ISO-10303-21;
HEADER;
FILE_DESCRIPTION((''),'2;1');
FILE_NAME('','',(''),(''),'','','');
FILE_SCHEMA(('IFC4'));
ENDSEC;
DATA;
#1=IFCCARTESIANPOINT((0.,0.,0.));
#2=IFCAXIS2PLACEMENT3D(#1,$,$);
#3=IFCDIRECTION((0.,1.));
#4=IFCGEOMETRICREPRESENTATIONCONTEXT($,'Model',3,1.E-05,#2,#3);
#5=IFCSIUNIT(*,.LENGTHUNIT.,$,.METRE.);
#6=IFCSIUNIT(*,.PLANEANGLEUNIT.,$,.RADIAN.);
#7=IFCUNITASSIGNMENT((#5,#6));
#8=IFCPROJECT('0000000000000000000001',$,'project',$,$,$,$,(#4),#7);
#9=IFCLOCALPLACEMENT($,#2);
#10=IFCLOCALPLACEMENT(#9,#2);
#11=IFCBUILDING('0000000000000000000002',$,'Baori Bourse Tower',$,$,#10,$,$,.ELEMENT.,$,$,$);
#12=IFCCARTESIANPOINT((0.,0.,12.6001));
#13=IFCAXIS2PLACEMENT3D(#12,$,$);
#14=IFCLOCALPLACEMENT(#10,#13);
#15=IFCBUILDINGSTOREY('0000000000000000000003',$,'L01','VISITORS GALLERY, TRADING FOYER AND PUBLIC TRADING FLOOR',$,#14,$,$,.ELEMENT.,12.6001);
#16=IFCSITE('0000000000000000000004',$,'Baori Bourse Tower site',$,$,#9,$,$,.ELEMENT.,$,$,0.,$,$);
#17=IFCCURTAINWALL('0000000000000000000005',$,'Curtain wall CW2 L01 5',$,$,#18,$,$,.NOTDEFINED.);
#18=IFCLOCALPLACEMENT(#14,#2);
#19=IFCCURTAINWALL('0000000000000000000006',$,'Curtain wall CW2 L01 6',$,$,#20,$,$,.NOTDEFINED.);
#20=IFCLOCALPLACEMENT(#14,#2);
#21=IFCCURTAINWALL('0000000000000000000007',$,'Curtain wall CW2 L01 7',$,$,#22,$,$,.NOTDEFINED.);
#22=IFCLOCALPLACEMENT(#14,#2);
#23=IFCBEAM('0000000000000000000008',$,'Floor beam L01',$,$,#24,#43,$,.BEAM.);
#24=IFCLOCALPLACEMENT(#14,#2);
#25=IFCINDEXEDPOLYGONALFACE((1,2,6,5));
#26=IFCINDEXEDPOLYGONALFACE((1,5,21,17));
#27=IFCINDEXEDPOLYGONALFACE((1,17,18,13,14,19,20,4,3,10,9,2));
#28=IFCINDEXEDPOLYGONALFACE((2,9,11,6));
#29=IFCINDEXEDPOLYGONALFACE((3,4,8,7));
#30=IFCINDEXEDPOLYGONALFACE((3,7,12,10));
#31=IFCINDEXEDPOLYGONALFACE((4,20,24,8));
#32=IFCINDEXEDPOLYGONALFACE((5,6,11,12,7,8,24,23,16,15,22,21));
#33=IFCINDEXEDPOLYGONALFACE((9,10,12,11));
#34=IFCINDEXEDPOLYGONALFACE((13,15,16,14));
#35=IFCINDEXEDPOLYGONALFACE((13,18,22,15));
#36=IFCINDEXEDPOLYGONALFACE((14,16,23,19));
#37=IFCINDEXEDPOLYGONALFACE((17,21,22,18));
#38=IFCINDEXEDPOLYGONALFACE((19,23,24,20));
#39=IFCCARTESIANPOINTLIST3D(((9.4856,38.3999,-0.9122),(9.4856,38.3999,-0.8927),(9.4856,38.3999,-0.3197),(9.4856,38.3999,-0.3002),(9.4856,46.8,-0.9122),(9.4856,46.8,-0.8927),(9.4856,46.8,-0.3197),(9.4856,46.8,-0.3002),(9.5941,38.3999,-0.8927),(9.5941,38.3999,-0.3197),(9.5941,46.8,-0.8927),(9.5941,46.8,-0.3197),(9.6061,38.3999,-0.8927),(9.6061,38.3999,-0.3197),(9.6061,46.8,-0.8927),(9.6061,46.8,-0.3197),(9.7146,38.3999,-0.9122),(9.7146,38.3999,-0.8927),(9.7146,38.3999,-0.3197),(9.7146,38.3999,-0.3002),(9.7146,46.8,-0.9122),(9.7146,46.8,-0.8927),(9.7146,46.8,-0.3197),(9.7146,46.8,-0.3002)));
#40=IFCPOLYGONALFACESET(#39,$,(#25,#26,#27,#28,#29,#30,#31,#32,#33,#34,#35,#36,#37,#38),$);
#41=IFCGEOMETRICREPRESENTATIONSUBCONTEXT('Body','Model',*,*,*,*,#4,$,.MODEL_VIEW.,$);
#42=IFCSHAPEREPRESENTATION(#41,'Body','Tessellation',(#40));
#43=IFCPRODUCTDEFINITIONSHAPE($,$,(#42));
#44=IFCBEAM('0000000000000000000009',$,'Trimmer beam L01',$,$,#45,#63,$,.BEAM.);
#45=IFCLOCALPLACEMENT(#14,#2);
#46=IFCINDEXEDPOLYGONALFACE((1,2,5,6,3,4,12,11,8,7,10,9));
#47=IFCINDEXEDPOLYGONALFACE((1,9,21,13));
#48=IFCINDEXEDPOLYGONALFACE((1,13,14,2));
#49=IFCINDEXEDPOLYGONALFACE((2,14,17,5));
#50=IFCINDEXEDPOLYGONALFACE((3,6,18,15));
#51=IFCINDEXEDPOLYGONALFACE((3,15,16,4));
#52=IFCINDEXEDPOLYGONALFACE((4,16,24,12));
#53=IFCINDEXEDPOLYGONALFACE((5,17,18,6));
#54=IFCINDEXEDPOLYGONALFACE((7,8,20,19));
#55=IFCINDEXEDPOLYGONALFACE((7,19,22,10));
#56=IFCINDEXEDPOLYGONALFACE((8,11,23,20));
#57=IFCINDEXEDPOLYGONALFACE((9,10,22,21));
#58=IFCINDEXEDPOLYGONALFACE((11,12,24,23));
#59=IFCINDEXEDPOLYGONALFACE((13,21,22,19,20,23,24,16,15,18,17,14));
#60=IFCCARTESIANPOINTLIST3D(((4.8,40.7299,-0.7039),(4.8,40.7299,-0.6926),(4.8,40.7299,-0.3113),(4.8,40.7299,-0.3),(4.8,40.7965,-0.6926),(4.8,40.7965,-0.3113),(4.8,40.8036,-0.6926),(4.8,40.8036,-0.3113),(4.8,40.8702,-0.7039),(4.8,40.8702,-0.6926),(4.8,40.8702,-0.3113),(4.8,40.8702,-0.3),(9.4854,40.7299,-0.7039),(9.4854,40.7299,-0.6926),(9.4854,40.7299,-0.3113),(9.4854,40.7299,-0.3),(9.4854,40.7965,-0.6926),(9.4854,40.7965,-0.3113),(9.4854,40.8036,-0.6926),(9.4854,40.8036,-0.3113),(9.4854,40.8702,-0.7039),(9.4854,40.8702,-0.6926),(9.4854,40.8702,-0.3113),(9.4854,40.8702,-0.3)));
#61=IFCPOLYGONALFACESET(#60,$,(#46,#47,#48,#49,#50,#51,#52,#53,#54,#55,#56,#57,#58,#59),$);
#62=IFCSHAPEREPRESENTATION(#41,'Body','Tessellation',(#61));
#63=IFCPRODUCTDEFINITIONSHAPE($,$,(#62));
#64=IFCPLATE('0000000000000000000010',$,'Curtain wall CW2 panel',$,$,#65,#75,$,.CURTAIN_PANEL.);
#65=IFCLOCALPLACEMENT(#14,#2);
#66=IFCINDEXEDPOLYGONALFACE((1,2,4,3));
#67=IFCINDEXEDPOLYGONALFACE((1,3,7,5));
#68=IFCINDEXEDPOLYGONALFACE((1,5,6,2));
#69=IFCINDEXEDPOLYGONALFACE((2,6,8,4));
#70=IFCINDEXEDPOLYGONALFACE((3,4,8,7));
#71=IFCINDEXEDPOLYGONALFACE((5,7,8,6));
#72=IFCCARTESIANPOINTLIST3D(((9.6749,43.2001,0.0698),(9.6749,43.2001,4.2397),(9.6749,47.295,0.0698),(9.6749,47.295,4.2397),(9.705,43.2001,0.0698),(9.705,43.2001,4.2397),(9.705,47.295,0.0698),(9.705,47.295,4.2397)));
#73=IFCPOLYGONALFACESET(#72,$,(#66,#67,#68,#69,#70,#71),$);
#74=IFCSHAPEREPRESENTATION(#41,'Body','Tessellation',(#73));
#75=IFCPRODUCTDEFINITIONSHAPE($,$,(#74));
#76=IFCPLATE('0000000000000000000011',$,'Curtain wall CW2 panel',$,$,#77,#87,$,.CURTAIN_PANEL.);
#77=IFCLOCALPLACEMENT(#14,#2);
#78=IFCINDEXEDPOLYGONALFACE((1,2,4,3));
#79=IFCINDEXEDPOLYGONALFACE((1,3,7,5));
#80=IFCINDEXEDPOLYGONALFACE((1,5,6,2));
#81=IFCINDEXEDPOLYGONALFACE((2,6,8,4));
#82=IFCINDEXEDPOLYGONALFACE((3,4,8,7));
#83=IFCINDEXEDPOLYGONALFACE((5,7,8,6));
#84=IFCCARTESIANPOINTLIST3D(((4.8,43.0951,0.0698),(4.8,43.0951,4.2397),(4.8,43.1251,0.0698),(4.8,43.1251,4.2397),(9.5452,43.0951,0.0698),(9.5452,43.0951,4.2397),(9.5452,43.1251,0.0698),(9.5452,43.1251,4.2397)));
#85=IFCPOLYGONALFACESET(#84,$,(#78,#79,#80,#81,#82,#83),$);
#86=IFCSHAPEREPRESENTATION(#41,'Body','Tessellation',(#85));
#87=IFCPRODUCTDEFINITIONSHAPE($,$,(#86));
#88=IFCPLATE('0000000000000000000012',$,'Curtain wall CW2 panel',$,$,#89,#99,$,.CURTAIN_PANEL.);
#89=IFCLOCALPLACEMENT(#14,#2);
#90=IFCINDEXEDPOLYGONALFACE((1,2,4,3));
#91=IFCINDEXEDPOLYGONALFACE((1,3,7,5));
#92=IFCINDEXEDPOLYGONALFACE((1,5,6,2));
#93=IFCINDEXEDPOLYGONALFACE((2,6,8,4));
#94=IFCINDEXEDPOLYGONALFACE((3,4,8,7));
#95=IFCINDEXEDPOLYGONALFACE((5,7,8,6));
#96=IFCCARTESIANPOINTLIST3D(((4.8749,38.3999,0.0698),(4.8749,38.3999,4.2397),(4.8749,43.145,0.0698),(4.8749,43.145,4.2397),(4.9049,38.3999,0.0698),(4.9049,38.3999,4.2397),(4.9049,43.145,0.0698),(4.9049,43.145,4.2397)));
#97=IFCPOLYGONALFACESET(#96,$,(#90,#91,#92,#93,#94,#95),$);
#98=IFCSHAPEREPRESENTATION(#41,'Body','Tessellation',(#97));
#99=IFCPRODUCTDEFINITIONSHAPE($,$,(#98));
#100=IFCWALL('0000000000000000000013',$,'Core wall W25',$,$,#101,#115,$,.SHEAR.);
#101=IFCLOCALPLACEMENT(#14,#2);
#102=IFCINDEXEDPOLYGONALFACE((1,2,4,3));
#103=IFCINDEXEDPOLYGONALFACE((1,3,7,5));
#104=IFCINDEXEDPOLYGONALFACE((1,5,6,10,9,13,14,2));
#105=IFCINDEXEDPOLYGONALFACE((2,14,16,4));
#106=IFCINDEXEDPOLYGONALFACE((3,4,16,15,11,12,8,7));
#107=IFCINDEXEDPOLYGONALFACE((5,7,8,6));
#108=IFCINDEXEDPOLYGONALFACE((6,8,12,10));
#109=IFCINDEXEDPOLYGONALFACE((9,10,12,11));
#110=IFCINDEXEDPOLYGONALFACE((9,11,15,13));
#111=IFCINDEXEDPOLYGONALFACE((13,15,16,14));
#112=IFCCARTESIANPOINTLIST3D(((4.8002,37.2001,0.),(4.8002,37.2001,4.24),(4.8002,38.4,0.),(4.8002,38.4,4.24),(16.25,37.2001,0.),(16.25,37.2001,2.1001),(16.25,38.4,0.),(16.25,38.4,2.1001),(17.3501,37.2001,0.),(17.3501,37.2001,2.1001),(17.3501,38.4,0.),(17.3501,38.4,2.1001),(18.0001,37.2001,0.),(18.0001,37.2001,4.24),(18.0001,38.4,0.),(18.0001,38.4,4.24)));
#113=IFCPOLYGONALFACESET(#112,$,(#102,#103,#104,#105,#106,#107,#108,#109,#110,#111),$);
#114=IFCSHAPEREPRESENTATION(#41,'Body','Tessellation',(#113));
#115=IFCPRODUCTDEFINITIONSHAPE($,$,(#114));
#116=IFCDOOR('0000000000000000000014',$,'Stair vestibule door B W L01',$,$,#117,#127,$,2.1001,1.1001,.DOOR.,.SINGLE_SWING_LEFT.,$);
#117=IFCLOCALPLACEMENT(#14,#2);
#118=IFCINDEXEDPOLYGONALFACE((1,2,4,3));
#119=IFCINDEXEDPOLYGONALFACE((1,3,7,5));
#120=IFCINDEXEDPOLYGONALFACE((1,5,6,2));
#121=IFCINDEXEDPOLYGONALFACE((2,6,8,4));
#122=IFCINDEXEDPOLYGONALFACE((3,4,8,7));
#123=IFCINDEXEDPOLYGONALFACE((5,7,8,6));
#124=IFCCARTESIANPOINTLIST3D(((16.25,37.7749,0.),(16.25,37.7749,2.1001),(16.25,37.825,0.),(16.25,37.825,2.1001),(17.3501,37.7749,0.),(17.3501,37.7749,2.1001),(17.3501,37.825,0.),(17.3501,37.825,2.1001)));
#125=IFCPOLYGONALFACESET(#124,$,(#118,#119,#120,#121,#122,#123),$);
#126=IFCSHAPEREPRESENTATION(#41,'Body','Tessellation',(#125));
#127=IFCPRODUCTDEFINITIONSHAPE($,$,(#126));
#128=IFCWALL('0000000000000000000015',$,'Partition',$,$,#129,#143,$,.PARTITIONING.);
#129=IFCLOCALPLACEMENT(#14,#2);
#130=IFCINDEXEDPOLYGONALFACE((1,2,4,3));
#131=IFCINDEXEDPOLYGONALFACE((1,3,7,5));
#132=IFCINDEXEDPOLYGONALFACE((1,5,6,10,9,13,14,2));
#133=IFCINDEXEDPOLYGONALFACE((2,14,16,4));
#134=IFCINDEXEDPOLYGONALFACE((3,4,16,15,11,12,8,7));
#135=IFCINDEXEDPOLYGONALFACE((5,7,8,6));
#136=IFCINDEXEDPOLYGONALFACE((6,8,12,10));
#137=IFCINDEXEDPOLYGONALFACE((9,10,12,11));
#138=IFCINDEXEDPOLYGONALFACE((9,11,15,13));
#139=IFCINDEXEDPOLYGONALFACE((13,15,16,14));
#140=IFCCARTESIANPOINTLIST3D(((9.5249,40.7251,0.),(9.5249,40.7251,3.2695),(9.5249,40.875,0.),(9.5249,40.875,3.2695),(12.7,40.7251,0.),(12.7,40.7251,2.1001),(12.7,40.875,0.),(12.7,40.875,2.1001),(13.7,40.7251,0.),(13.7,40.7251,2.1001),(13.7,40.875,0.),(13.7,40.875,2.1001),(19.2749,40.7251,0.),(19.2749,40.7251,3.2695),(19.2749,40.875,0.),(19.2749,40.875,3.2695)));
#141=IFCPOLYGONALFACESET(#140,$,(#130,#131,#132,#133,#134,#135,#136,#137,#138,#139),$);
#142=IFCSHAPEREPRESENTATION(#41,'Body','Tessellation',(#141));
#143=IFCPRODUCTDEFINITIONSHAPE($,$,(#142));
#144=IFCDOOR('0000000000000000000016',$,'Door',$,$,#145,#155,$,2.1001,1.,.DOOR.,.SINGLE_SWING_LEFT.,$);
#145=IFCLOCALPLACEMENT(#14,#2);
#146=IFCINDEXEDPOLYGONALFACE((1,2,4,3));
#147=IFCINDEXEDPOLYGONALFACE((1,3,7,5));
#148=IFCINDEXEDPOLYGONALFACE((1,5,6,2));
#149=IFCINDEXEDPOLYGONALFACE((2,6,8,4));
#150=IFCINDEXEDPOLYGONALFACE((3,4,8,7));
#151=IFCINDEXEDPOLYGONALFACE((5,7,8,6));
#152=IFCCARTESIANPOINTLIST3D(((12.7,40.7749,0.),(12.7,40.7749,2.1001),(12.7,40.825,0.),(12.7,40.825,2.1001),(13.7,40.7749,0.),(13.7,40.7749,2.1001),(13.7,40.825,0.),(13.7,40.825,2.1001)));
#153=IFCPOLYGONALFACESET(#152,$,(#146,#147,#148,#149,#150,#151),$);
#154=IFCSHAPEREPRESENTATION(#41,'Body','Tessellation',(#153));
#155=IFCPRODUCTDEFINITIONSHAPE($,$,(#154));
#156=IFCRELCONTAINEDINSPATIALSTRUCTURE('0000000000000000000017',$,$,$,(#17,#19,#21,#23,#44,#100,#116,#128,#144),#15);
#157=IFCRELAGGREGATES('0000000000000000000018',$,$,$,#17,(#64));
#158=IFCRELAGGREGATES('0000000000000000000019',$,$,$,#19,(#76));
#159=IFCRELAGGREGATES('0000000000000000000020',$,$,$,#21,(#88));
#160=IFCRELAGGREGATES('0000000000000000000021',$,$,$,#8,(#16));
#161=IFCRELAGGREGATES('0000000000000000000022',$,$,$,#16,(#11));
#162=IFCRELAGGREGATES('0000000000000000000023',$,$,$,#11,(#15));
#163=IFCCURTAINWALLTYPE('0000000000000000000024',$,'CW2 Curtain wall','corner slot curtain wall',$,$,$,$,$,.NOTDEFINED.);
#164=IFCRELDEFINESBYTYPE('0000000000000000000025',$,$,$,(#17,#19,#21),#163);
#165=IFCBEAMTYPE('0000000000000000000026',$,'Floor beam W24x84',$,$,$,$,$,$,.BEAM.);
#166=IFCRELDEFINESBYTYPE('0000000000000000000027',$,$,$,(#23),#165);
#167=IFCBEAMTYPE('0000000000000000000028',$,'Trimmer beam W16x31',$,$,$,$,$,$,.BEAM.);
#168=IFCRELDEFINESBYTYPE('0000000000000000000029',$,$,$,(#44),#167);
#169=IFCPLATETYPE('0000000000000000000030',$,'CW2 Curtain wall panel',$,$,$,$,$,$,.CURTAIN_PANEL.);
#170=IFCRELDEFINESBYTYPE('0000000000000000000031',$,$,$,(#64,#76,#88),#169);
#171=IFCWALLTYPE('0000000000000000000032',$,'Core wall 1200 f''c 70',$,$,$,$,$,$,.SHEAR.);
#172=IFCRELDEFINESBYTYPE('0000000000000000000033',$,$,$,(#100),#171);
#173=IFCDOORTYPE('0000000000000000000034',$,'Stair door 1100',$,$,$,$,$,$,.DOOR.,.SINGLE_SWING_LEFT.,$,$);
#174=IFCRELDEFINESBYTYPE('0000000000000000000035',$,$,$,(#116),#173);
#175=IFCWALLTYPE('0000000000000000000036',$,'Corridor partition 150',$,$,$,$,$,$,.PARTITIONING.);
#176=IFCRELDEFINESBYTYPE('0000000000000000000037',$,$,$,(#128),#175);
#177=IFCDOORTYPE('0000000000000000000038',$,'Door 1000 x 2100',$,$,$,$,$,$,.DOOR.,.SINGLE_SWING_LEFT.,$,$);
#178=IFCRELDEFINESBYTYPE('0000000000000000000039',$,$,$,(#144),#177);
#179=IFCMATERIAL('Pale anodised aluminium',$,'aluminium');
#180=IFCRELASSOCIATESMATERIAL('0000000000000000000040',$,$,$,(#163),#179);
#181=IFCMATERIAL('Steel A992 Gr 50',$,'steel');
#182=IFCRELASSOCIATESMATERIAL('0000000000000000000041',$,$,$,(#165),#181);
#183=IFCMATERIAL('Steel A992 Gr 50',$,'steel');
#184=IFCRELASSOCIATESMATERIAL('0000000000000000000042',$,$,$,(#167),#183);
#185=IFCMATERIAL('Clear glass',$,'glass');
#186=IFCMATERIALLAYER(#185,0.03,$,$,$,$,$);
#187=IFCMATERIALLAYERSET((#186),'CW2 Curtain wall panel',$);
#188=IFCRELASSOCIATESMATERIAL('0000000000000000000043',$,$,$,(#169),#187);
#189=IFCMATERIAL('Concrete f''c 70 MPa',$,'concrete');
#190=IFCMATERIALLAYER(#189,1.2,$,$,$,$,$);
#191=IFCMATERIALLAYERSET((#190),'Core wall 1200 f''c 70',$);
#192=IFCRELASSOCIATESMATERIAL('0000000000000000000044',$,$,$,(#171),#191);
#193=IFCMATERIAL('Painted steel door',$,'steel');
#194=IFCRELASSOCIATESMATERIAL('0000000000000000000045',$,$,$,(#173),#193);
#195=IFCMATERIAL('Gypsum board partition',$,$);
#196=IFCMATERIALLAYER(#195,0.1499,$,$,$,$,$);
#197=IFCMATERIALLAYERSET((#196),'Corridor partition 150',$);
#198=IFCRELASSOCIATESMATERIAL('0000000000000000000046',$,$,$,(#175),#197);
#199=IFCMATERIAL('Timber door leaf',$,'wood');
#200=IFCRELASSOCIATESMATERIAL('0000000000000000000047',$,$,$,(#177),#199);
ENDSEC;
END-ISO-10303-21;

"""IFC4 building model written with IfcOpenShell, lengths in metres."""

from ifc_helpers import new_model, si_unit, direction, frame, frame_2d, origin, origin_2d, place, context, subcontext, project, spatial, rectangle, i_section, extrude, material, layer, layer_set, material_profile, profile_set, type_object, element, fill, aggregate, save


model = new_model("IFC4")

# Units and contexts
model_context = context("Model", 3, precision=1e-05, world=origin(), true_north=direction((0.0, 1.0)))
body_context = subcontext(model_context, "Body", "Model", "MODEL_VIEW")
ifc_project = project(units=[si_unit("LENGTHUNIT", "METRE"), si_unit("PLANEANGLEUNIT", "RADIAN")], contexts=[model_context])

# Site, building, storey
site_placement = place(None, origin())
site = spatial("IfcSite", under=ifc_project, at=site_placement, Name="Baori Bourse Tower site", CompositionType="ELEMENT", RefElevation=0.0)
building_placement = place(site_placement, origin())
building = spatial("IfcBuilding", under=site, at=building_placement, Name="Baori Bourse Tower", CompositionType="ELEMENT")
storey_placement = place(building_placement, frame((0.0, 0.0, 12.6001)))
storey = spatial("IfcBuildingStorey", under=building, at=storey_placement, Name="L01", Description="VISITORS GALLERY, TRADING FOYER AND PUBLIC TRADING FLOOR", CompositionType="ELEMENT", Elevation=12.6001)

# Curtain walls
ifc_material_1 = material(Name="Pale anodised aluminium", Category="aluminium")
curtain_wall_type = type_object("IfcCurtainWallType", Name="CW2 Curtain wall", Description="corner slot curtain wall", PredefinedType="NOTDEFINED", material=ifc_material_1)
curtain_wall_1_placement = place(storey_placement, origin())
curtain_wall_1 = element("IfcCurtainWall", 1, at=curtain_wall_1_placement, inside=storey, type_object=curtain_wall_type, Name="Curtain wall CW2 L01 5", PredefinedType="NOTDEFINED")
curtain_wall_2_placement = place(storey_placement, origin())
curtain_wall_2 = element("IfcCurtainWall", 2, at=curtain_wall_2_placement, inside=storey, type_object=curtain_wall_type, Name="Curtain wall CW2 L01 6", PredefinedType="NOTDEFINED")
curtain_wall_3_placement = place(storey_placement, origin())
curtain_wall_3 = element("IfcCurtainWall", 3, at=curtain_wall_3_placement, inside=storey, type_object=curtain_wall_type, Name="Curtain wall CW2 L01 7", PredefinedType="NOTDEFINED")

# Beams
ifc_material_2 = material(Name="Steel A992 Gr 50", Category="steel")
ifc_material_profile_1 = material_profile(ifc_material_2, i_section(OverallWidth=0.229, OverallDepth=0.6121, WebThickness=0.012, FlangeThickness=0.0195, at=origin_2d()), Name="W24x84")
ifc_profile_set_1 = profile_set([ifc_material_profile_1], Name="Steel A992 Gr 50")
beam_type_1 = type_object("IfcBeamType", Name="Floor beam W24x84", PredefinedType="BEAM", material=ifc_profile_set_1)
beam_1_placement = place(storey_placement, frame((9.6001, 38.3999, -0.6062), z_axis=(0.0, 1.0, 0.0), x_axis=(-1.0, 0.0, 0.0)))
element("IfcBeam", 4, at=beam_1_placement, inside=storey, type_object=beam_type_1, Name="Floor beam L01", PredefinedType="BEAM", context=body_context, shape_type="SweptSolid", body=[
    extrude(i_section(OverallWidth=0.229, OverallDepth=0.6121, WebThickness=0.012, FlangeThickness=0.0195, at=origin_2d()), origin(), (0.0, 0.0, 1.0), 8.4001),
])
ifc_material_3 = material(Name="Steel A992 Gr 50", Category="steel")
ifc_material_profile_2 = material_profile(ifc_material_3, i_section(OverallWidth=0.1404, OverallDepth=0.4038, WebThickness=0.0071, FlangeThickness=0.0112, at=origin_2d()), Name="W16x31")
ifc_profile_set_2 = profile_set([ifc_material_profile_2], Name="Steel A992 Gr 50")
beam_type_2 = type_object("IfcBeamType", Name="Trimmer beam W16x31", PredefinedType="BEAM", material=ifc_profile_set_2)
beam_2_placement = place(storey_placement, frame((4.8, 40.8, -0.502), z_axis=(1.0, 0.0, 0.0), x_axis=(0.0, 1.0, 0.0)))
element("IfcBeam", 5, at=beam_2_placement, inside=storey, type_object=beam_type_2, Name="Trimmer beam L01", PredefinedType="BEAM", context=body_context, shape_type="SweptSolid", body=[
    extrude(i_section(OverallWidth=0.1404, OverallDepth=0.4038, WebThickness=0.0071, FlangeThickness=0.0112, at=origin_2d()), origin(), (0.0, 0.0, 1.0), 4.6853),
])

# Plates
ifc_material_4 = material(Name="Clear glass", Category="glass")
ifc_layer_1 = layer(ifc_material_4, 0.03)
ifc_layer_set_1 = layer_set([ifc_layer_1], Name="CW2 Curtain wall panel")
plate_type = type_object("IfcPlateType", Name="CW2 Curtain wall panel", PredefinedType="CURTAIN_PANEL", material=ifc_layer_set_1)
plate_1_placement = place(storey_placement, frame((9.6899, 45.2476, 0.0698), z_axis=(0.0, 0.0, 1.0), x_axis=(0.0, -1.0, 0.0)))
plate_1 = element("IfcPlate", 6, at=plate_1_placement, type_object=plate_type, Name="Curtain wall CW2 panel", PredefinedType="CURTAIN_PANEL", context=body_context, shape_type="SweptSolid", body=[
    extrude(rectangle(XDim=4.095, YDim=0.03, at=origin_2d()), origin(), (0.0, 0.0, 1.0), 4.1699),
])
aggregate(curtain_wall_1, [plate_1])
plate_2_placement = place(storey_placement, frame((7.1726, 43.1101, 0.0698), z_axis=(0.0, 0.0, 1.0), x_axis=(-1.0, 0.0, 0.0)))
plate_2 = element("IfcPlate", 7, at=plate_2_placement, type_object=plate_type, Name="Curtain wall CW2 panel", PredefinedType="CURTAIN_PANEL", context=body_context, shape_type="SweptSolid", body=[
    extrude(rectangle(XDim=4.7451, YDim=0.03, at=origin_2d()), origin(), (0.0, 0.0, 1.0), 4.1699),
])
aggregate(curtain_wall_2, [plate_2])
plate_3_placement = place(storey_placement, frame((4.8899, 40.7725, 0.0698), z_axis=(0.0, 0.0, 1.0), x_axis=(0.0, -1.0, 0.0)))
plate_3 = element("IfcPlate", 8, at=plate_3_placement, type_object=plate_type, Name="Curtain wall CW2 panel", PredefinedType="CURTAIN_PANEL", context=body_context, shape_type="SweptSolid", body=[
    extrude(rectangle(XDim=4.7451, YDim=0.03, at=origin_2d()), origin(), (0.0, 0.0, 1.0), 4.1699),
])
aggregate(curtain_wall_3, [plate_3])

# Walls, openings, doors
ifc_material_5 = material(Name="Concrete f'c 70 MPa", Category="concrete")
ifc_layer_2 = layer(ifc_material_5, 1.2)
ifc_layer_set_2 = layer_set([ifc_layer_2], Name="Core wall 1200 f'c 70")
wall_type_1 = type_object("IfcWallType", Name="Core wall 1200 f'c 70", PredefinedType="SHEAR", material=ifc_layer_set_2)
wall_1_placement = place(storey_placement, frame((4.8, 37.8, 0.0), z_axis=(0.0, 0.0, 1.0), x_axis=(1.0, 0.0, 0.0)))
wall_1 = element("IfcWall", 9, at=wall_1_placement, inside=storey, type_object=wall_type_1, Name="Core wall W25", PredefinedType="SHEAR", context=body_context, shape_type="SweptSolid", body=[
    extrude(rectangle(XDim=13.2, YDim=1.2, at=frame_2d((6.6001, 0.0))), origin(), (0.0, 0.0, 1.0), 4.24),
])
opening_1_placement = place(wall_1_placement, frame((11.45, 0.0, 0.0)))
opening_1 = element("IfcOpeningElement", 10, at=opening_1_placement, cuts=wall_1, PredefinedType="OPENING", context=body_context, shape_type="SweptSolid", body=[
    extrude(rectangle(XDim=1.1001, YDim=2.1001, at=frame_2d((0.55, 1.05))), frame((0.0, 0.6099, 0.0), z_axis=(0.0, -1.0, 0.0), x_axis=(1.0, 0.0, 0.0)), (0.0, 0.0, 1.0), 1.22),
])
ifc_material_6 = material(Name="Painted steel door", Category="steel")
door_type_1 = type_object("IfcDoorType", Name="Stair door 1100", OperationType="SINGLE_SWING_LEFT", PredefinedType="DOOR", material=ifc_material_6)
door_1_placement = place(opening_1_placement, origin())
door_1 = element("IfcDoor", 11, at=door_1_placement, inside=storey, type_object=door_type_1, Name="Stair vestibule door B W L01", OperationType="SINGLE_SWING_LEFT", OverallHeight=2.1001, OverallWidth=1.1001, PredefinedType="DOOR", context=body_context, shape_type="SweptSolid", body=[
    extrude(rectangle(XDim=1.1001, YDim=2.1001, at=frame_2d((0.55, 1.05))), frame((0.0, 0.0249, 0.0), z_axis=(0.0, -1.0, 0.0), x_axis=(1.0, 0.0, 0.0)), (0.0, 0.0, 1.0), 0.05),
])
fill(opening_1, door_1)
ifc_material_7 = material(Name="Gypsum board partition")
ifc_layer_3 = layer(ifc_material_7, 0.1499)
ifc_layer_set_3 = layer_set([ifc_layer_3], Name="Corridor partition 150")
wall_type_2 = type_object("IfcWallType", Name="Corridor partition 150", PredefinedType="PARTITIONING", material=ifc_layer_set_3)
wall_2_placement = place(storey_placement, frame((9.5249, 40.8, 0.0), z_axis=(0.0, 0.0, 1.0), x_axis=(1.0, 0.0, 0.0)))
wall_2 = element("IfcWall", 12, at=wall_2_placement, inside=storey, type_object=wall_type_2, Name="Partition", PredefinedType="PARTITIONING", context=body_context, shape_type="SweptSolid", body=[
    extrude(rectangle(XDim=9.75, YDim=0.1499, at=frame_2d((4.875, 0.0))), origin(), (0.0, 0.0, 1.0), 3.2695),
])
opening_2_placement = place(wall_2_placement, frame((3.175, 0.0, 0.0)))
opening_2 = element("IfcOpeningElement", 13, at=opening_2_placement, cuts=wall_2, PredefinedType="OPENING", context=body_context, shape_type="SweptSolid", body=[
    extrude(rectangle(XDim=1.0, YDim=2.1001, at=frame_2d((0.5, 1.05))), frame((0.0, 0.085, 0.0), z_axis=(0.0, -1.0, 0.0), x_axis=(1.0, 0.0, 0.0)), (0.0, 0.0, 1.0), 0.1699),
])
ifc_material_8 = material(Name="Timber door leaf", Category="wood")
door_type_2 = type_object("IfcDoorType", Name="Door 1000 x 2100", OperationType="SINGLE_SWING_LEFT", PredefinedType="DOOR", material=ifc_material_8)
door_2_placement = place(opening_2_placement, origin())
door_2 = element("IfcDoor", 14, at=door_2_placement, inside=storey, type_object=door_type_2, Name="Door", OperationType="SINGLE_SWING_LEFT", OverallHeight=2.1001, OverallWidth=1.0, PredefinedType="DOOR", context=body_context, shape_type="SweptSolid", body=[
    extrude(rectangle(XDim=1.0, YDim=2.1001, at=frame_2d((0.5, 1.05))), frame((0.0, 0.0249, 0.0), z_axis=(0.0, -1.0, 0.0), x_axis=(1.0, 0.0, 0.0)), (0.0, 0.0, 1.0), 0.05),
])
fill(opening_2, door_2)

save(model, "model.ifc")
